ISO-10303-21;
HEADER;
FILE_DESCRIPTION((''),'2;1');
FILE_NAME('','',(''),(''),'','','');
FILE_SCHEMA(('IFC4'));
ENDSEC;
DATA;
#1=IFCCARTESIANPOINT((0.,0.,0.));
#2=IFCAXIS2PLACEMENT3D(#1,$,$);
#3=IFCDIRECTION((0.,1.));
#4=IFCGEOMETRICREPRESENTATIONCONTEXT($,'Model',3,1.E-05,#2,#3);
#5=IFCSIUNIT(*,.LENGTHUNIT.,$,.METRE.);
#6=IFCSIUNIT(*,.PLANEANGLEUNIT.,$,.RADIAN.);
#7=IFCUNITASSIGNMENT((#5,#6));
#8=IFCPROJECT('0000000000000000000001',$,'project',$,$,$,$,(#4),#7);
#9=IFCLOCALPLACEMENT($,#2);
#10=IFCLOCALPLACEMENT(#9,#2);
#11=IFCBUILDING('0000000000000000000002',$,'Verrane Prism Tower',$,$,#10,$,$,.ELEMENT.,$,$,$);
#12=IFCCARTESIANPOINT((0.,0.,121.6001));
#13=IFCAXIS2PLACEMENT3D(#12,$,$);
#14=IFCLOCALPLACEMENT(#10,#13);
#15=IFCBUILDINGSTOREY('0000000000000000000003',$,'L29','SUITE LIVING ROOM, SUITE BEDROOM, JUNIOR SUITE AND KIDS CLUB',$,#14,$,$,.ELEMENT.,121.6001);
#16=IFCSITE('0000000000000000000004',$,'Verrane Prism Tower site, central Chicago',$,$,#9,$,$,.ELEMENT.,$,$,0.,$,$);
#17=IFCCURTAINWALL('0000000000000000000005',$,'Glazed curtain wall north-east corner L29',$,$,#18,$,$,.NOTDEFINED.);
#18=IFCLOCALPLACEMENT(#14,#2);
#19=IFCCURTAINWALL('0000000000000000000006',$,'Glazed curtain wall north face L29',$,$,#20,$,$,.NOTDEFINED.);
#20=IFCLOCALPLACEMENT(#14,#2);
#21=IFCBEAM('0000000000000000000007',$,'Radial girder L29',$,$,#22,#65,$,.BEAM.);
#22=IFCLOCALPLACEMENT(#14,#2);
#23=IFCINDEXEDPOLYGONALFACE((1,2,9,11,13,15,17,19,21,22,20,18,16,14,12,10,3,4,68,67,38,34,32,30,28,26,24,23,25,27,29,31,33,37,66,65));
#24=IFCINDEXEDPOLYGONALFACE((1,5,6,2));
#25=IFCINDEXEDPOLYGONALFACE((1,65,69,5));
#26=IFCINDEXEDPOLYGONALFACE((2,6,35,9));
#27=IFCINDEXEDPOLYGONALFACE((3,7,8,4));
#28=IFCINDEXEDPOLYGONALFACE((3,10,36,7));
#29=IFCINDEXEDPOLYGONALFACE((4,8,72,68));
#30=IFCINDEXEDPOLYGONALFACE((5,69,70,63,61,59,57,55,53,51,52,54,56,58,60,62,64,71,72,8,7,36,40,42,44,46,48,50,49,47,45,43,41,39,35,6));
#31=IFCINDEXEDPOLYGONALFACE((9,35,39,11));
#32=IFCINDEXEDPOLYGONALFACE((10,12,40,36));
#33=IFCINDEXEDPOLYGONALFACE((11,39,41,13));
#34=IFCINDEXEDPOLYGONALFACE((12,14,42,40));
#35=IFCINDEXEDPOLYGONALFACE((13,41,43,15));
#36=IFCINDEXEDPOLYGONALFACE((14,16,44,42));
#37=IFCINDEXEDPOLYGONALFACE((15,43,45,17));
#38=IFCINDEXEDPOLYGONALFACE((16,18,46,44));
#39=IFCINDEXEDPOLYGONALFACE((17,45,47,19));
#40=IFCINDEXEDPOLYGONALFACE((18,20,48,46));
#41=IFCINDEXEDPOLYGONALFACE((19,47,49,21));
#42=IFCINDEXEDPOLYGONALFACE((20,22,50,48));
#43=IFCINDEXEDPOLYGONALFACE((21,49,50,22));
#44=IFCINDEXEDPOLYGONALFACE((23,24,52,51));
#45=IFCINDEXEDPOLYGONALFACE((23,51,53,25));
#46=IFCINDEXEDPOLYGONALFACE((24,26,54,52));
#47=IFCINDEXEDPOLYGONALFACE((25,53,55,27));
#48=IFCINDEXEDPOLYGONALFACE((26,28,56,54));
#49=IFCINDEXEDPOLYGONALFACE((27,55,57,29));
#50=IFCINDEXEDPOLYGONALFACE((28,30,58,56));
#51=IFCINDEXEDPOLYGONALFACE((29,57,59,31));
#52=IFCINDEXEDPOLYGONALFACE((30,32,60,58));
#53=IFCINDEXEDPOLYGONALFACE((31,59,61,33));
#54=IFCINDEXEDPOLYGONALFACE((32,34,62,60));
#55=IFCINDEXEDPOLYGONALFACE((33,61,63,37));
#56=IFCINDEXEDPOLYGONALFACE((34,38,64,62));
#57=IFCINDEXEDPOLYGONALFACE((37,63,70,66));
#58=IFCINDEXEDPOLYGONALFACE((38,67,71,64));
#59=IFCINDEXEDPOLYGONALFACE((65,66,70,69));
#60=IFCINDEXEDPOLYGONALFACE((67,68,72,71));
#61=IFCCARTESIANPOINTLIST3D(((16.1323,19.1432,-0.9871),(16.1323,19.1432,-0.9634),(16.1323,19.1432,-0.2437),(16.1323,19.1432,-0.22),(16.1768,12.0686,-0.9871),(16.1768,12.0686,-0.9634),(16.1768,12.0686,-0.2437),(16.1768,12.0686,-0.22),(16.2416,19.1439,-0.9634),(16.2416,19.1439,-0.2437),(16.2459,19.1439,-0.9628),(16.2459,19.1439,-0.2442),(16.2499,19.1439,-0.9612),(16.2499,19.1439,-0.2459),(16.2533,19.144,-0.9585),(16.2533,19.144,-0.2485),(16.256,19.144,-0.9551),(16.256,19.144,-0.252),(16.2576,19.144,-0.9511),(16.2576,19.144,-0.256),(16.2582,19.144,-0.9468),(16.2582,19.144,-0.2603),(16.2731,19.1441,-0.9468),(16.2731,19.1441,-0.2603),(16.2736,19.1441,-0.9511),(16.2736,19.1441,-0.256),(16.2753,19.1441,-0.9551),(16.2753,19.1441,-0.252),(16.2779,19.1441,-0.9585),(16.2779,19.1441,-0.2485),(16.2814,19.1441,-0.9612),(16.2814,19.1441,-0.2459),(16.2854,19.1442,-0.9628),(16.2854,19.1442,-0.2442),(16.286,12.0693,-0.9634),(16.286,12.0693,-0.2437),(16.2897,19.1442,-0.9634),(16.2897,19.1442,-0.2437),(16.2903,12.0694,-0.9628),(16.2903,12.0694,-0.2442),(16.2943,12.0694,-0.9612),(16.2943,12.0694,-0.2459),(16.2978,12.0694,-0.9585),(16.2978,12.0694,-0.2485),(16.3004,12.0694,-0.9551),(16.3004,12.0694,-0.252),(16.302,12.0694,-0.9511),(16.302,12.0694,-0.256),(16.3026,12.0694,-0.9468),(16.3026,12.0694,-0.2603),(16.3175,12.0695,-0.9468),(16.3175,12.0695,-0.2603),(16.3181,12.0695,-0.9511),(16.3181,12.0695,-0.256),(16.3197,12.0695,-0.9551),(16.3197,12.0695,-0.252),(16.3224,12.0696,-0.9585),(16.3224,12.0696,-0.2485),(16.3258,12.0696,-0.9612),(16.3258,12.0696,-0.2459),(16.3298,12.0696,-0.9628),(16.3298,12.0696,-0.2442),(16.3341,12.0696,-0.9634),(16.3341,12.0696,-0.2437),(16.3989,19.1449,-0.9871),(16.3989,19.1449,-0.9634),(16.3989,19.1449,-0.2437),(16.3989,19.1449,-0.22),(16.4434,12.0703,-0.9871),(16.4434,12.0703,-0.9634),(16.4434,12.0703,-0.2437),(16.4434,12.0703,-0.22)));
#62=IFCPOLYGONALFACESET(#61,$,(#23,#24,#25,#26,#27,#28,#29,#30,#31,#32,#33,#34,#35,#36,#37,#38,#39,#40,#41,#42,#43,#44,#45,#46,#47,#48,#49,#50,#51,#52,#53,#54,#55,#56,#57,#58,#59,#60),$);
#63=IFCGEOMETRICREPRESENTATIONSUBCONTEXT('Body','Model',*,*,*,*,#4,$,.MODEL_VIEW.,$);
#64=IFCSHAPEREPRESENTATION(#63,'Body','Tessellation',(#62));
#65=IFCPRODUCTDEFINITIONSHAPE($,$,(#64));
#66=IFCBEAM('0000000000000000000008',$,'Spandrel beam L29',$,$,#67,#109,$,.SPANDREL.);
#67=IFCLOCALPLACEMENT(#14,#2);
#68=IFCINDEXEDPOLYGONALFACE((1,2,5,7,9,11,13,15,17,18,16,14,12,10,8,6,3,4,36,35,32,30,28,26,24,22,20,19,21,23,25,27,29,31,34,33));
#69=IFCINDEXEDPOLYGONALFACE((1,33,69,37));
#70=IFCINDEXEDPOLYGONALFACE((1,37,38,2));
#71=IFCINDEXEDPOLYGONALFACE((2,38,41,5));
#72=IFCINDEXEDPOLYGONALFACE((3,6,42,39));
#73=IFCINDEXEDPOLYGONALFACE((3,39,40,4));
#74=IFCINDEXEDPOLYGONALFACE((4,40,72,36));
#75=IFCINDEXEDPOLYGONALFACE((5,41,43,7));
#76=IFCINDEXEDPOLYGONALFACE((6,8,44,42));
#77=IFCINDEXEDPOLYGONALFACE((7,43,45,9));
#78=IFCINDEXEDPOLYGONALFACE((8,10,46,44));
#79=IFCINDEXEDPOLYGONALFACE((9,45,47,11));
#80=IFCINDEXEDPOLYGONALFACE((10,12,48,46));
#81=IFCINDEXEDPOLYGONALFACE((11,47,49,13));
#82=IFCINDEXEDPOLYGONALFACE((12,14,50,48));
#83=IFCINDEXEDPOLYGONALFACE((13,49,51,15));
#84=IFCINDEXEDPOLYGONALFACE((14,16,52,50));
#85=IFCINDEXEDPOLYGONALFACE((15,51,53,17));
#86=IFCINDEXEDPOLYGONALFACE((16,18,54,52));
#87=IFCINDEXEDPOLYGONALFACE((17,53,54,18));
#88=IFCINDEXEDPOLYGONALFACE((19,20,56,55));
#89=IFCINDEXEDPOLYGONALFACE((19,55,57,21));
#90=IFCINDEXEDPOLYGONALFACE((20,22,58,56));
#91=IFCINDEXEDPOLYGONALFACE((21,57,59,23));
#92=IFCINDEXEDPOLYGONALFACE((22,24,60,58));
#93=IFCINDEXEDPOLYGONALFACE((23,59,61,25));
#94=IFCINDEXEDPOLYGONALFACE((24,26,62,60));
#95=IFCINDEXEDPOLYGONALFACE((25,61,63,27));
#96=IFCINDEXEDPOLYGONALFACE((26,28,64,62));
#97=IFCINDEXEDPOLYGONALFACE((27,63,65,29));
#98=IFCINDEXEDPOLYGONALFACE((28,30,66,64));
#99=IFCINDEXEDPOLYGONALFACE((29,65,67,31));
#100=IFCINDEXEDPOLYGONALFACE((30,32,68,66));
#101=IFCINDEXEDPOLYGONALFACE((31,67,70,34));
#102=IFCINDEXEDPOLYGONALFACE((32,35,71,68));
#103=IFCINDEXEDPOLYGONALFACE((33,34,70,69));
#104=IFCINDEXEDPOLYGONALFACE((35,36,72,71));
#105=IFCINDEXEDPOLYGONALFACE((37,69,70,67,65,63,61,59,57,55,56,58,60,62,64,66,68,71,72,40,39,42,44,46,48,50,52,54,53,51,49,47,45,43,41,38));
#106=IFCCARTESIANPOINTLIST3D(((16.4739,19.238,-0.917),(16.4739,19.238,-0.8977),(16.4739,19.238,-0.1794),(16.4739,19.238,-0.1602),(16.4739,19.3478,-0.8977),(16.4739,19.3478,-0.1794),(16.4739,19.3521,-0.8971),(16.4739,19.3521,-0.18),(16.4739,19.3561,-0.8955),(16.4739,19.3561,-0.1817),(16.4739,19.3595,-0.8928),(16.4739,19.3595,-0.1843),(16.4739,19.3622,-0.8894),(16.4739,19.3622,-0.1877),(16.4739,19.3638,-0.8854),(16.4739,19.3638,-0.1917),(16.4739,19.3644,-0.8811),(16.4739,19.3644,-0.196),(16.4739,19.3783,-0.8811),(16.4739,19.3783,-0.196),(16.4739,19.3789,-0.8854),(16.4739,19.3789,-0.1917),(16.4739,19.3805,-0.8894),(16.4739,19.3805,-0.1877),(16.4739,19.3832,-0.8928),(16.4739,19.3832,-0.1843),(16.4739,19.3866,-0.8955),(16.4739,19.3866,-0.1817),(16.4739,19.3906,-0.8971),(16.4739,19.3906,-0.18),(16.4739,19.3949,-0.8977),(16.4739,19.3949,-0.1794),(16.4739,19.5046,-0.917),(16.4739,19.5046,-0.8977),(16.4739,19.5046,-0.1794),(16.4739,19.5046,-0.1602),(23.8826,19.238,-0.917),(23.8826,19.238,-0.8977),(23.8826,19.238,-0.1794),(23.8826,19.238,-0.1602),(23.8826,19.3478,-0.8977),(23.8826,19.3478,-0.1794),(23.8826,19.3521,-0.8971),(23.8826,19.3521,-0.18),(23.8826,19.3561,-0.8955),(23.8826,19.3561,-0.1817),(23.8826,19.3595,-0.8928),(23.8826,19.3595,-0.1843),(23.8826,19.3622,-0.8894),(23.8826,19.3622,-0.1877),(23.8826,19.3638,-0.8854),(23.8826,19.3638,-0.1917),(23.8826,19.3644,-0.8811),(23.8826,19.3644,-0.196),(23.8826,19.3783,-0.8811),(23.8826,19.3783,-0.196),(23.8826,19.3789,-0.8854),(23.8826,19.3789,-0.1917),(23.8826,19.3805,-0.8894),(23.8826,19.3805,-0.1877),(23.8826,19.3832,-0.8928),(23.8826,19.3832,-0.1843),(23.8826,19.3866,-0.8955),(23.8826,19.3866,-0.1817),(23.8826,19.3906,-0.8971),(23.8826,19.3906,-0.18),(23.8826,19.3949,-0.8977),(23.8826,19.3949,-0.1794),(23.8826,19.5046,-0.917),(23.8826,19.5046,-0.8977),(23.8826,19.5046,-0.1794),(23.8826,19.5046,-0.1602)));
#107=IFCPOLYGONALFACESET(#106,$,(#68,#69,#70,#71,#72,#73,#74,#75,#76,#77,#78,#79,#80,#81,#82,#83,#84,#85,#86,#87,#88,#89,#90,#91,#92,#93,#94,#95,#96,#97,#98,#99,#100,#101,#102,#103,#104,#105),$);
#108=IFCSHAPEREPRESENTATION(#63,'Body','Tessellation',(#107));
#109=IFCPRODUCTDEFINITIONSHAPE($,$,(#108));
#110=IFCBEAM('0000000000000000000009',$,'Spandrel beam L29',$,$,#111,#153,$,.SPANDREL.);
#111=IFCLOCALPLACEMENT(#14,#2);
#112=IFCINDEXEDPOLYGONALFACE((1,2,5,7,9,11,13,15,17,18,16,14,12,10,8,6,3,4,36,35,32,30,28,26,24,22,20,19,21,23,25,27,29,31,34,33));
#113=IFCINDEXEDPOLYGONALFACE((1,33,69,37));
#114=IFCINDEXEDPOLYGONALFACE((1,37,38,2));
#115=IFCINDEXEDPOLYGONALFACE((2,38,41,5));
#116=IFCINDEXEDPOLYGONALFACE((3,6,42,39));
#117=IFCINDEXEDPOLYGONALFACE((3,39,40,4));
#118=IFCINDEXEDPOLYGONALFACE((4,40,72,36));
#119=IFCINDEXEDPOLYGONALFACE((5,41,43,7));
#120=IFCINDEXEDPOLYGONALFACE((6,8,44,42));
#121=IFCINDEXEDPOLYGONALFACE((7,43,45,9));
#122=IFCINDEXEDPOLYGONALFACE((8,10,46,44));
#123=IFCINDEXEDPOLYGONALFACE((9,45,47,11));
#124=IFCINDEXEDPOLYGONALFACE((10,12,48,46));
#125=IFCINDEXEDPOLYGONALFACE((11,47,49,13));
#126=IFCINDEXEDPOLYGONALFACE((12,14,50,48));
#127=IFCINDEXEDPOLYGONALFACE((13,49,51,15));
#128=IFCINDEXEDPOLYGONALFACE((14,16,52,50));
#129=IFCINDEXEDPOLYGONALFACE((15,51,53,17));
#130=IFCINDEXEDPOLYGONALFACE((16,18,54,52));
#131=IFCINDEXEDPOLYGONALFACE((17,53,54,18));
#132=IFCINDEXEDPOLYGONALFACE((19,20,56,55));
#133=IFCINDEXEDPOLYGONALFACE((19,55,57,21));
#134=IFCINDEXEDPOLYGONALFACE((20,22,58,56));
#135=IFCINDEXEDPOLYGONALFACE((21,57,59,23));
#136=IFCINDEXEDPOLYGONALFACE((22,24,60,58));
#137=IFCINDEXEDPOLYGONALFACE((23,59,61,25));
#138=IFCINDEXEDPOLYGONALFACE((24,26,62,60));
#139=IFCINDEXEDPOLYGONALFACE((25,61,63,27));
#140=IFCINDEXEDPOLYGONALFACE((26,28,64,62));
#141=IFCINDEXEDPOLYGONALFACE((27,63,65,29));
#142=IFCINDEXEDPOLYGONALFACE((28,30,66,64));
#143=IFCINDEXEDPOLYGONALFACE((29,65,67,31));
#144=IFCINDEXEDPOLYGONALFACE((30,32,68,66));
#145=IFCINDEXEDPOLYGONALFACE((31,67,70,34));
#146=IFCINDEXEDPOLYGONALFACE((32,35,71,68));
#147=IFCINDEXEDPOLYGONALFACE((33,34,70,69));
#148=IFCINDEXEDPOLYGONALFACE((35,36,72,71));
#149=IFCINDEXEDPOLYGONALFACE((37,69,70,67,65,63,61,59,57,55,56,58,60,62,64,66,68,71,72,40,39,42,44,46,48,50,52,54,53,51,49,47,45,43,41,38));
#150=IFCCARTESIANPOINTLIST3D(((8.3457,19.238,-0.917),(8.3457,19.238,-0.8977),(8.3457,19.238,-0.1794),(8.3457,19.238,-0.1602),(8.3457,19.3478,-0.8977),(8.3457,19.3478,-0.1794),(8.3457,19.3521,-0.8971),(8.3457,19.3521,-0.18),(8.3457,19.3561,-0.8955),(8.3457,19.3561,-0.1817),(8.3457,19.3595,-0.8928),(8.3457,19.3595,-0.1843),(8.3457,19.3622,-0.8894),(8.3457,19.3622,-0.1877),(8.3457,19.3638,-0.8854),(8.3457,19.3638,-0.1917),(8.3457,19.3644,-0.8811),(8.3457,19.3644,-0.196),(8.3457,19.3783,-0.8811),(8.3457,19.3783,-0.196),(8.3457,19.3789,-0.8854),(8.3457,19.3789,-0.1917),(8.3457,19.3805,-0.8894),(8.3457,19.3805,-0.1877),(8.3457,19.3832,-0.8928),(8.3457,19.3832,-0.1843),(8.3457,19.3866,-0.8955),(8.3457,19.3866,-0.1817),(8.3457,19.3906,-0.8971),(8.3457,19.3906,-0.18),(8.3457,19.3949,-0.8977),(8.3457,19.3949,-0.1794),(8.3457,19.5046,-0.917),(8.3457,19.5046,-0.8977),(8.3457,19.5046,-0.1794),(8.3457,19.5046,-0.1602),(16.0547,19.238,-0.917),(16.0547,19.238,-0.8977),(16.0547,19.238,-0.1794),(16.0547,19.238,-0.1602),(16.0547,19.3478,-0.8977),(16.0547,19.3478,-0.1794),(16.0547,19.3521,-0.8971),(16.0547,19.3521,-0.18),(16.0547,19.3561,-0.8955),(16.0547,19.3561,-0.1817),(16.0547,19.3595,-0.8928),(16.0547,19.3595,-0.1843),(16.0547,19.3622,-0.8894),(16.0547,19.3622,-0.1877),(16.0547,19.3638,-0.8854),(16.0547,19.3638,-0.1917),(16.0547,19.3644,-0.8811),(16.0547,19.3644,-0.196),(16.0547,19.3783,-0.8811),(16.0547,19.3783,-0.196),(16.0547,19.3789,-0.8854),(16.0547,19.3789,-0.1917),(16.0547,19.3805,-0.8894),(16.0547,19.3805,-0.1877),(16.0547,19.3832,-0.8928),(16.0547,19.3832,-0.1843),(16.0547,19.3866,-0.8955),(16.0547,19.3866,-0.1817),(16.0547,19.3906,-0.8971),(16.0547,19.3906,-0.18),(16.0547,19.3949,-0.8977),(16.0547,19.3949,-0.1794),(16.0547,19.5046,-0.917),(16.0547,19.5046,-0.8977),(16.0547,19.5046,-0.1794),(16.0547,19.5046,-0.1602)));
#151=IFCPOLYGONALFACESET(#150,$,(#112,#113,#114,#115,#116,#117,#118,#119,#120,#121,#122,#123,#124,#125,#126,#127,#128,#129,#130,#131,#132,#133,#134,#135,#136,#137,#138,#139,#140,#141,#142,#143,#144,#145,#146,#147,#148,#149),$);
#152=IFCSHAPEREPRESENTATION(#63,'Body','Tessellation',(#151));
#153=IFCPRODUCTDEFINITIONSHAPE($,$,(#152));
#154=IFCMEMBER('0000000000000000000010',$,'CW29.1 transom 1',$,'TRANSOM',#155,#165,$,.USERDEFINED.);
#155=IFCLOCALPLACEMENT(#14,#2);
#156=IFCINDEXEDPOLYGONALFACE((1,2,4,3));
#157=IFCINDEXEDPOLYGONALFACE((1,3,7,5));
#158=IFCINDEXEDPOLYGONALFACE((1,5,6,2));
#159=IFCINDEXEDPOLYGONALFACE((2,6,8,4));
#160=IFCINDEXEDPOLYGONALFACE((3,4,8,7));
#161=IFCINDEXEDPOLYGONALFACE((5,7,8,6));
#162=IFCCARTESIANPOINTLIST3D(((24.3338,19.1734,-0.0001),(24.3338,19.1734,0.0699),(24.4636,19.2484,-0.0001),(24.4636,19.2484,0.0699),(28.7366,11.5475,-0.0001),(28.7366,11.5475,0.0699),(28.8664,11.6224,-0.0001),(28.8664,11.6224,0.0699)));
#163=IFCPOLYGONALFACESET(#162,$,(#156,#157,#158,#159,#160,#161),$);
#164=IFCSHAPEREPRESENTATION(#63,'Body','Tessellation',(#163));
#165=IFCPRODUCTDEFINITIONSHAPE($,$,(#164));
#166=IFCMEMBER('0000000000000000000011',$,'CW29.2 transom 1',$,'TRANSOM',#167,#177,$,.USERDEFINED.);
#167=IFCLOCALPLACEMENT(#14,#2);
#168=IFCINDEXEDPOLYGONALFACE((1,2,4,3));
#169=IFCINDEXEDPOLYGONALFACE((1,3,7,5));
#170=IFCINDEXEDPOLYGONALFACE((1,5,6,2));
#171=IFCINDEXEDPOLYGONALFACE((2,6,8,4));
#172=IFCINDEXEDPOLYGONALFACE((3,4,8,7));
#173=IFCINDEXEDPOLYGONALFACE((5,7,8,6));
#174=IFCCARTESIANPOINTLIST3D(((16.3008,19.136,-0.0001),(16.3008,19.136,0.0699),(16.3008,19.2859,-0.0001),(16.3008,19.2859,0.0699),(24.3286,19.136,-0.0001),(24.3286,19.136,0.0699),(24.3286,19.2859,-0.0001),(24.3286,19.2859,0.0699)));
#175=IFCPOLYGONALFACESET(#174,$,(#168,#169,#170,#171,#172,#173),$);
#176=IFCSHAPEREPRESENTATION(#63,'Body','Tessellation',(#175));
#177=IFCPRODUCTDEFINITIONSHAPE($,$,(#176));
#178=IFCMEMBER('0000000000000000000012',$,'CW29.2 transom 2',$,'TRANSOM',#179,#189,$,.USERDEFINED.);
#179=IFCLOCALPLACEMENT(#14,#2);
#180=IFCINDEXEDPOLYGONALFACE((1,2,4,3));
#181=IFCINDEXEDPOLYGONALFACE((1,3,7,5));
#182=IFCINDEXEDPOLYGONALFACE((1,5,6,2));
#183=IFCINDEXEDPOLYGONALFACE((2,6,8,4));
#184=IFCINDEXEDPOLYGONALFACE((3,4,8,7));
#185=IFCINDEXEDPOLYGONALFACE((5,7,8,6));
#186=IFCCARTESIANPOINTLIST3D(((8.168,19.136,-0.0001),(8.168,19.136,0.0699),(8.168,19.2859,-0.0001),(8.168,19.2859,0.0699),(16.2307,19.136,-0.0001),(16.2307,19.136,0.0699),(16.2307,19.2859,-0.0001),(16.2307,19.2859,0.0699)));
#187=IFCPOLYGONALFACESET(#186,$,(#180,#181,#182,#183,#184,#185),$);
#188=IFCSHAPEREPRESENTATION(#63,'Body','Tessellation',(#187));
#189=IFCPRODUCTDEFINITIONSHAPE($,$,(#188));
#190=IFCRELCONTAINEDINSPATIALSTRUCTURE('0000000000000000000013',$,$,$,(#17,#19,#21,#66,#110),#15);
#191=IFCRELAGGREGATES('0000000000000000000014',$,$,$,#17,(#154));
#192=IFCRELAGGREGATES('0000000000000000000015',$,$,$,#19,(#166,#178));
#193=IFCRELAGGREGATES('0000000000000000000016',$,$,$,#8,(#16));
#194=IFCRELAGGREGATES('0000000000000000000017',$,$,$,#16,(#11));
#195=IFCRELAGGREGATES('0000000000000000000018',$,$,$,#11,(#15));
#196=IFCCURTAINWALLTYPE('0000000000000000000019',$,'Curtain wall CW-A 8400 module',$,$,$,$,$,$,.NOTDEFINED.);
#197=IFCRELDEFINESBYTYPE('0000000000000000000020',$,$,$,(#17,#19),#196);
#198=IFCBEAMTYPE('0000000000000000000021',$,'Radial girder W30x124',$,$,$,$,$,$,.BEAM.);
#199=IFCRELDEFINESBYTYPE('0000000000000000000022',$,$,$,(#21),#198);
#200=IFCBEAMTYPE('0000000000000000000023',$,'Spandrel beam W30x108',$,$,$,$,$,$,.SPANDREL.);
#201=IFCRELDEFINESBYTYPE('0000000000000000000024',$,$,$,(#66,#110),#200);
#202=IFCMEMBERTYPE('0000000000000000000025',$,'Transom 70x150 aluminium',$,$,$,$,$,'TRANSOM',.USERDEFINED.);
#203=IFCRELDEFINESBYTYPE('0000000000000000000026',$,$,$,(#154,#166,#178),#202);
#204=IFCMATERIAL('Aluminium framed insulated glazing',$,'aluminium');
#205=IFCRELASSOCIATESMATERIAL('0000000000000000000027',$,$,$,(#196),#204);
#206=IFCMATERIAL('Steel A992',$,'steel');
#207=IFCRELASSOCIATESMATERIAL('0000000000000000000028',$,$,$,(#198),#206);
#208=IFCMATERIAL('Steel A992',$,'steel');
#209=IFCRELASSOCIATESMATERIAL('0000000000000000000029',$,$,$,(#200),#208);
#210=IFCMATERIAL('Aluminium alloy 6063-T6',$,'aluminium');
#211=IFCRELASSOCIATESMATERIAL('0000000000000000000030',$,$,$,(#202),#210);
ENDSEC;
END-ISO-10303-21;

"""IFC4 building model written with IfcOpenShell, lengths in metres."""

from ifc_helpers import new_model, si_unit, direction, frame, origin, origin_2d, place, context, subcontext, project, spatial, rectangle, i_section, extrude, material, material_profile, profile_set, type_object, element, aggregate, save


model = new_model("IFC4")

# Units and contexts
model_context = context("Model", 3, precision=1e-05, world=origin(), true_north=direction((0.0, 1.0)))
body_context = subcontext(model_context, "Body", "Model", "MODEL_VIEW")
ifc_project = project(units=[si_unit("LENGTHUNIT", "METRE"), si_unit("PLANEANGLEUNIT", "RADIAN")], contexts=[model_context])

# Site, building, storey
site_placement = place(None, origin())
site = spatial("IfcSite", under=ifc_project, at=site_placement, Name="Verrane Prism Tower site, central Chicago", CompositionType="ELEMENT", RefElevation=0.0)
building_placement = place(site_placement, origin())
building = spatial("IfcBuilding", under=site, at=building_placement, Name="Verrane Prism Tower", CompositionType="ELEMENT")
storey_placement = place(building_placement, frame((0.0, 0.0, 121.6001)))
storey = spatial("IfcBuildingStorey", under=building, at=storey_placement, Name="L29", Description="SUITE LIVING ROOM, SUITE BEDROOM, JUNIOR SUITE AND KIDS CLUB", CompositionType="ELEMENT", Elevation=121.6001)

# Curtain wall
ifc_material_1 = material(Name="Aluminium framed insulated glazing", Category="aluminium")
curtain_wall_type = type_object("IfcCurtainWallType", Name="Curtain wall CW-A 8400 module", PredefinedType="NOTDEFINED", material=ifc_material_1)
curtain_wall_1_placement = place(storey_placement, origin())
curtain_wall_1 = element("IfcCurtainWall", 1, at=curtain_wall_1_placement, inside=storey, type_object=curtain_wall_type, Name="Glazed curtain wall north-east corner L29", PredefinedType="NOTDEFINED")

# Curtain wall
curtain_wall_2_placement = place(storey_placement, origin())
curtain_wall_2 = element("IfcCurtainWall", 2, at=curtain_wall_2_placement, inside=storey, type_object=curtain_wall_type, Name="Glazed curtain wall north face L29", PredefinedType="NOTDEFINED")

# Beams
ifc_material_2 = material(Name="Steel A992", Category="steel")
ifc_material_profile_1 = material_profile(ifc_material_2, i_section(OverallWidth=0.2666, OverallDepth=0.7671, WebThickness=0.0149, FlangeThickness=0.0237, FilletRadius=0.0166, at=origin_2d()), Name="W30x124")
ifc_profile_set_1 = profile_set([ifc_material_profile_1], Name="Steel A992")
beam_type_1 = type_object("IfcBeamType", Name="Radial girder W30x124", PredefinedType="BEAM", material=ifc_profile_set_1)
beam_1_placement = place(storey_placement, frame((16.2656, 19.144, -0.6035), z_axis=(0.006281, -0.99998, 0.0), x_axis=(0.99998, 0.006281, 0.0)))
element("IfcBeam", 3, at=beam_1_placement, inside=storey, type_object=beam_type_1, Name="Radial girder L29", PredefinedType="BEAM", context=body_context, shape_type="SweptSolid", body=[
    extrude(i_section(OverallWidth=0.2666, OverallDepth=0.7671, WebThickness=0.0149, FlangeThickness=0.0237, FilletRadius=0.0166, at=origin_2d()), origin(), (0.0, 0.0, 1.0), 7.0747),
])
ifc_material_3 = material(Name="Steel A992", Category="steel")
ifc_material_profile_2 = material_profile(ifc_material_3, i_section(OverallWidth=0.2666, OverallDepth=0.7568, WebThickness=0.0139, FlangeThickness=0.0193, FilletRadius=0.0166, at=origin_2d()), Name="W30x108")
ifc_profile_set_2 = profile_set([ifc_material_profile_2], Name="Steel A992")
beam_type_2 = type_object("IfcBeamType", Name="Spandrel beam W30x108", PredefinedType="SPANDREL", material=ifc_profile_set_2)
beam_2_placement = place(storey_placement, frame((23.8826, 19.3713, -0.5386), z_axis=(-1.0, 0.0, 0.0), x_axis=(0.0, -1.0, 0.0)))
element("IfcBeam", 4, at=beam_2_placement, inside=storey, type_object=beam_type_2, Name="Spandrel beam L29", PredefinedType="SPANDREL", context=body_context, shape_type="SweptSolid", body=[
    extrude(i_section(OverallWidth=0.2666, OverallDepth=0.7568, WebThickness=0.0139, FlangeThickness=0.0193, FilletRadius=0.0166, at=origin_2d()), origin(), (0.0, 0.0, 1.0), 7.4087),
])
beam_3_placement = place(storey_placement, frame((16.0547, 19.3713, -0.5386), z_axis=(-1.0, 0.0, 0.0), x_axis=(0.0, -1.0, 0.0)))
element("IfcBeam", 5, at=beam_3_placement, inside=storey, type_object=beam_type_2, Name="Spandrel beam L29", PredefinedType="SPANDREL", context=body_context, shape_type="SweptSolid", body=[
    extrude(i_section(OverallWidth=0.2666, OverallDepth=0.7568, WebThickness=0.0139, FlangeThickness=0.0193, FilletRadius=0.0166, at=origin_2d()), origin(), (0.0, 0.0, 1.0), 7.709),
])

# Members
ifc_material_4 = material(Name="Aluminium alloy 6063-T6", Category="aluminium")
ifc_material_profile_3 = material_profile(ifc_material_4, rectangle(XDim=0.1499, YDim=0.0701, at=origin_2d()), Name="Transom 70x150 aluminium")
ifc_profile_set_3 = profile_set([ifc_material_profile_3], Name="Aluminium alloy 6063-T6")
member_type_1 = type_object("IfcMemberType", Name="Transom 70x150 aluminium", ElementType="TRANSOM", PredefinedType="USERDEFINED", material=ifc_profile_set_3)
member_1_placement = place(storey_placement, frame((28.8015, 11.585, 0.0349), z_axis=(-0.499998, 0.866027, 0.0), x_axis=(-0.866027, -0.499998, 0.0)))
member_1 = element("IfcMember", 6, at=member_1_placement, type_object=member_type_1, Name="CW29.1 transom 1", ObjectType="TRANSOM", PredefinedType="USERDEFINED", context=body_context, shape_type="SweptSolid", body=[
    extrude(rectangle(XDim=0.1499, YDim=0.0701, at=origin_2d()), origin(), (0.0, 0.0, 1.0), 8.8057),
])
member_2_placement = place(storey_placement, frame((24.3286, 19.2109, 0.0349), z_axis=(-1.0, 0.0, 0.0), x_axis=(0.0, -1.0, 0.0)))
member_2 = element("IfcMember", 7, at=member_2_placement, type_object=member_type_1, Name="CW29.2 transom 1", ObjectType="TRANSOM", PredefinedType="USERDEFINED", context=body_context, shape_type="SweptSolid", body=[
    extrude(rectangle(XDim=0.1499, YDim=0.0701, at=origin_2d()), origin(), (0.0, 0.0, 1.0), 8.0278),
])
member_3_placement = place(storey_placement, frame((16.2307, 19.2109, 0.0349), z_axis=(-1.0, 0.0, 0.0), x_axis=(0.0, -1.0, 0.0)))
member_3 = element("IfcMember", 8, at=member_3_placement, type_object=member_type_1, Name="CW29.2 transom 2", ObjectType="TRANSOM", PredefinedType="USERDEFINED", context=body_context, shape_type="SweptSolid", body=[
    extrude(rectangle(XDim=0.1499, YDim=0.0701, at=origin_2d()), origin(), (0.0, 0.0, 1.0), 8.0627),
])

aggregate(curtain_wall_1, [member_1])
aggregate(curtain_wall_2, [member_2, member_3])

save(model, "model.ifc")
